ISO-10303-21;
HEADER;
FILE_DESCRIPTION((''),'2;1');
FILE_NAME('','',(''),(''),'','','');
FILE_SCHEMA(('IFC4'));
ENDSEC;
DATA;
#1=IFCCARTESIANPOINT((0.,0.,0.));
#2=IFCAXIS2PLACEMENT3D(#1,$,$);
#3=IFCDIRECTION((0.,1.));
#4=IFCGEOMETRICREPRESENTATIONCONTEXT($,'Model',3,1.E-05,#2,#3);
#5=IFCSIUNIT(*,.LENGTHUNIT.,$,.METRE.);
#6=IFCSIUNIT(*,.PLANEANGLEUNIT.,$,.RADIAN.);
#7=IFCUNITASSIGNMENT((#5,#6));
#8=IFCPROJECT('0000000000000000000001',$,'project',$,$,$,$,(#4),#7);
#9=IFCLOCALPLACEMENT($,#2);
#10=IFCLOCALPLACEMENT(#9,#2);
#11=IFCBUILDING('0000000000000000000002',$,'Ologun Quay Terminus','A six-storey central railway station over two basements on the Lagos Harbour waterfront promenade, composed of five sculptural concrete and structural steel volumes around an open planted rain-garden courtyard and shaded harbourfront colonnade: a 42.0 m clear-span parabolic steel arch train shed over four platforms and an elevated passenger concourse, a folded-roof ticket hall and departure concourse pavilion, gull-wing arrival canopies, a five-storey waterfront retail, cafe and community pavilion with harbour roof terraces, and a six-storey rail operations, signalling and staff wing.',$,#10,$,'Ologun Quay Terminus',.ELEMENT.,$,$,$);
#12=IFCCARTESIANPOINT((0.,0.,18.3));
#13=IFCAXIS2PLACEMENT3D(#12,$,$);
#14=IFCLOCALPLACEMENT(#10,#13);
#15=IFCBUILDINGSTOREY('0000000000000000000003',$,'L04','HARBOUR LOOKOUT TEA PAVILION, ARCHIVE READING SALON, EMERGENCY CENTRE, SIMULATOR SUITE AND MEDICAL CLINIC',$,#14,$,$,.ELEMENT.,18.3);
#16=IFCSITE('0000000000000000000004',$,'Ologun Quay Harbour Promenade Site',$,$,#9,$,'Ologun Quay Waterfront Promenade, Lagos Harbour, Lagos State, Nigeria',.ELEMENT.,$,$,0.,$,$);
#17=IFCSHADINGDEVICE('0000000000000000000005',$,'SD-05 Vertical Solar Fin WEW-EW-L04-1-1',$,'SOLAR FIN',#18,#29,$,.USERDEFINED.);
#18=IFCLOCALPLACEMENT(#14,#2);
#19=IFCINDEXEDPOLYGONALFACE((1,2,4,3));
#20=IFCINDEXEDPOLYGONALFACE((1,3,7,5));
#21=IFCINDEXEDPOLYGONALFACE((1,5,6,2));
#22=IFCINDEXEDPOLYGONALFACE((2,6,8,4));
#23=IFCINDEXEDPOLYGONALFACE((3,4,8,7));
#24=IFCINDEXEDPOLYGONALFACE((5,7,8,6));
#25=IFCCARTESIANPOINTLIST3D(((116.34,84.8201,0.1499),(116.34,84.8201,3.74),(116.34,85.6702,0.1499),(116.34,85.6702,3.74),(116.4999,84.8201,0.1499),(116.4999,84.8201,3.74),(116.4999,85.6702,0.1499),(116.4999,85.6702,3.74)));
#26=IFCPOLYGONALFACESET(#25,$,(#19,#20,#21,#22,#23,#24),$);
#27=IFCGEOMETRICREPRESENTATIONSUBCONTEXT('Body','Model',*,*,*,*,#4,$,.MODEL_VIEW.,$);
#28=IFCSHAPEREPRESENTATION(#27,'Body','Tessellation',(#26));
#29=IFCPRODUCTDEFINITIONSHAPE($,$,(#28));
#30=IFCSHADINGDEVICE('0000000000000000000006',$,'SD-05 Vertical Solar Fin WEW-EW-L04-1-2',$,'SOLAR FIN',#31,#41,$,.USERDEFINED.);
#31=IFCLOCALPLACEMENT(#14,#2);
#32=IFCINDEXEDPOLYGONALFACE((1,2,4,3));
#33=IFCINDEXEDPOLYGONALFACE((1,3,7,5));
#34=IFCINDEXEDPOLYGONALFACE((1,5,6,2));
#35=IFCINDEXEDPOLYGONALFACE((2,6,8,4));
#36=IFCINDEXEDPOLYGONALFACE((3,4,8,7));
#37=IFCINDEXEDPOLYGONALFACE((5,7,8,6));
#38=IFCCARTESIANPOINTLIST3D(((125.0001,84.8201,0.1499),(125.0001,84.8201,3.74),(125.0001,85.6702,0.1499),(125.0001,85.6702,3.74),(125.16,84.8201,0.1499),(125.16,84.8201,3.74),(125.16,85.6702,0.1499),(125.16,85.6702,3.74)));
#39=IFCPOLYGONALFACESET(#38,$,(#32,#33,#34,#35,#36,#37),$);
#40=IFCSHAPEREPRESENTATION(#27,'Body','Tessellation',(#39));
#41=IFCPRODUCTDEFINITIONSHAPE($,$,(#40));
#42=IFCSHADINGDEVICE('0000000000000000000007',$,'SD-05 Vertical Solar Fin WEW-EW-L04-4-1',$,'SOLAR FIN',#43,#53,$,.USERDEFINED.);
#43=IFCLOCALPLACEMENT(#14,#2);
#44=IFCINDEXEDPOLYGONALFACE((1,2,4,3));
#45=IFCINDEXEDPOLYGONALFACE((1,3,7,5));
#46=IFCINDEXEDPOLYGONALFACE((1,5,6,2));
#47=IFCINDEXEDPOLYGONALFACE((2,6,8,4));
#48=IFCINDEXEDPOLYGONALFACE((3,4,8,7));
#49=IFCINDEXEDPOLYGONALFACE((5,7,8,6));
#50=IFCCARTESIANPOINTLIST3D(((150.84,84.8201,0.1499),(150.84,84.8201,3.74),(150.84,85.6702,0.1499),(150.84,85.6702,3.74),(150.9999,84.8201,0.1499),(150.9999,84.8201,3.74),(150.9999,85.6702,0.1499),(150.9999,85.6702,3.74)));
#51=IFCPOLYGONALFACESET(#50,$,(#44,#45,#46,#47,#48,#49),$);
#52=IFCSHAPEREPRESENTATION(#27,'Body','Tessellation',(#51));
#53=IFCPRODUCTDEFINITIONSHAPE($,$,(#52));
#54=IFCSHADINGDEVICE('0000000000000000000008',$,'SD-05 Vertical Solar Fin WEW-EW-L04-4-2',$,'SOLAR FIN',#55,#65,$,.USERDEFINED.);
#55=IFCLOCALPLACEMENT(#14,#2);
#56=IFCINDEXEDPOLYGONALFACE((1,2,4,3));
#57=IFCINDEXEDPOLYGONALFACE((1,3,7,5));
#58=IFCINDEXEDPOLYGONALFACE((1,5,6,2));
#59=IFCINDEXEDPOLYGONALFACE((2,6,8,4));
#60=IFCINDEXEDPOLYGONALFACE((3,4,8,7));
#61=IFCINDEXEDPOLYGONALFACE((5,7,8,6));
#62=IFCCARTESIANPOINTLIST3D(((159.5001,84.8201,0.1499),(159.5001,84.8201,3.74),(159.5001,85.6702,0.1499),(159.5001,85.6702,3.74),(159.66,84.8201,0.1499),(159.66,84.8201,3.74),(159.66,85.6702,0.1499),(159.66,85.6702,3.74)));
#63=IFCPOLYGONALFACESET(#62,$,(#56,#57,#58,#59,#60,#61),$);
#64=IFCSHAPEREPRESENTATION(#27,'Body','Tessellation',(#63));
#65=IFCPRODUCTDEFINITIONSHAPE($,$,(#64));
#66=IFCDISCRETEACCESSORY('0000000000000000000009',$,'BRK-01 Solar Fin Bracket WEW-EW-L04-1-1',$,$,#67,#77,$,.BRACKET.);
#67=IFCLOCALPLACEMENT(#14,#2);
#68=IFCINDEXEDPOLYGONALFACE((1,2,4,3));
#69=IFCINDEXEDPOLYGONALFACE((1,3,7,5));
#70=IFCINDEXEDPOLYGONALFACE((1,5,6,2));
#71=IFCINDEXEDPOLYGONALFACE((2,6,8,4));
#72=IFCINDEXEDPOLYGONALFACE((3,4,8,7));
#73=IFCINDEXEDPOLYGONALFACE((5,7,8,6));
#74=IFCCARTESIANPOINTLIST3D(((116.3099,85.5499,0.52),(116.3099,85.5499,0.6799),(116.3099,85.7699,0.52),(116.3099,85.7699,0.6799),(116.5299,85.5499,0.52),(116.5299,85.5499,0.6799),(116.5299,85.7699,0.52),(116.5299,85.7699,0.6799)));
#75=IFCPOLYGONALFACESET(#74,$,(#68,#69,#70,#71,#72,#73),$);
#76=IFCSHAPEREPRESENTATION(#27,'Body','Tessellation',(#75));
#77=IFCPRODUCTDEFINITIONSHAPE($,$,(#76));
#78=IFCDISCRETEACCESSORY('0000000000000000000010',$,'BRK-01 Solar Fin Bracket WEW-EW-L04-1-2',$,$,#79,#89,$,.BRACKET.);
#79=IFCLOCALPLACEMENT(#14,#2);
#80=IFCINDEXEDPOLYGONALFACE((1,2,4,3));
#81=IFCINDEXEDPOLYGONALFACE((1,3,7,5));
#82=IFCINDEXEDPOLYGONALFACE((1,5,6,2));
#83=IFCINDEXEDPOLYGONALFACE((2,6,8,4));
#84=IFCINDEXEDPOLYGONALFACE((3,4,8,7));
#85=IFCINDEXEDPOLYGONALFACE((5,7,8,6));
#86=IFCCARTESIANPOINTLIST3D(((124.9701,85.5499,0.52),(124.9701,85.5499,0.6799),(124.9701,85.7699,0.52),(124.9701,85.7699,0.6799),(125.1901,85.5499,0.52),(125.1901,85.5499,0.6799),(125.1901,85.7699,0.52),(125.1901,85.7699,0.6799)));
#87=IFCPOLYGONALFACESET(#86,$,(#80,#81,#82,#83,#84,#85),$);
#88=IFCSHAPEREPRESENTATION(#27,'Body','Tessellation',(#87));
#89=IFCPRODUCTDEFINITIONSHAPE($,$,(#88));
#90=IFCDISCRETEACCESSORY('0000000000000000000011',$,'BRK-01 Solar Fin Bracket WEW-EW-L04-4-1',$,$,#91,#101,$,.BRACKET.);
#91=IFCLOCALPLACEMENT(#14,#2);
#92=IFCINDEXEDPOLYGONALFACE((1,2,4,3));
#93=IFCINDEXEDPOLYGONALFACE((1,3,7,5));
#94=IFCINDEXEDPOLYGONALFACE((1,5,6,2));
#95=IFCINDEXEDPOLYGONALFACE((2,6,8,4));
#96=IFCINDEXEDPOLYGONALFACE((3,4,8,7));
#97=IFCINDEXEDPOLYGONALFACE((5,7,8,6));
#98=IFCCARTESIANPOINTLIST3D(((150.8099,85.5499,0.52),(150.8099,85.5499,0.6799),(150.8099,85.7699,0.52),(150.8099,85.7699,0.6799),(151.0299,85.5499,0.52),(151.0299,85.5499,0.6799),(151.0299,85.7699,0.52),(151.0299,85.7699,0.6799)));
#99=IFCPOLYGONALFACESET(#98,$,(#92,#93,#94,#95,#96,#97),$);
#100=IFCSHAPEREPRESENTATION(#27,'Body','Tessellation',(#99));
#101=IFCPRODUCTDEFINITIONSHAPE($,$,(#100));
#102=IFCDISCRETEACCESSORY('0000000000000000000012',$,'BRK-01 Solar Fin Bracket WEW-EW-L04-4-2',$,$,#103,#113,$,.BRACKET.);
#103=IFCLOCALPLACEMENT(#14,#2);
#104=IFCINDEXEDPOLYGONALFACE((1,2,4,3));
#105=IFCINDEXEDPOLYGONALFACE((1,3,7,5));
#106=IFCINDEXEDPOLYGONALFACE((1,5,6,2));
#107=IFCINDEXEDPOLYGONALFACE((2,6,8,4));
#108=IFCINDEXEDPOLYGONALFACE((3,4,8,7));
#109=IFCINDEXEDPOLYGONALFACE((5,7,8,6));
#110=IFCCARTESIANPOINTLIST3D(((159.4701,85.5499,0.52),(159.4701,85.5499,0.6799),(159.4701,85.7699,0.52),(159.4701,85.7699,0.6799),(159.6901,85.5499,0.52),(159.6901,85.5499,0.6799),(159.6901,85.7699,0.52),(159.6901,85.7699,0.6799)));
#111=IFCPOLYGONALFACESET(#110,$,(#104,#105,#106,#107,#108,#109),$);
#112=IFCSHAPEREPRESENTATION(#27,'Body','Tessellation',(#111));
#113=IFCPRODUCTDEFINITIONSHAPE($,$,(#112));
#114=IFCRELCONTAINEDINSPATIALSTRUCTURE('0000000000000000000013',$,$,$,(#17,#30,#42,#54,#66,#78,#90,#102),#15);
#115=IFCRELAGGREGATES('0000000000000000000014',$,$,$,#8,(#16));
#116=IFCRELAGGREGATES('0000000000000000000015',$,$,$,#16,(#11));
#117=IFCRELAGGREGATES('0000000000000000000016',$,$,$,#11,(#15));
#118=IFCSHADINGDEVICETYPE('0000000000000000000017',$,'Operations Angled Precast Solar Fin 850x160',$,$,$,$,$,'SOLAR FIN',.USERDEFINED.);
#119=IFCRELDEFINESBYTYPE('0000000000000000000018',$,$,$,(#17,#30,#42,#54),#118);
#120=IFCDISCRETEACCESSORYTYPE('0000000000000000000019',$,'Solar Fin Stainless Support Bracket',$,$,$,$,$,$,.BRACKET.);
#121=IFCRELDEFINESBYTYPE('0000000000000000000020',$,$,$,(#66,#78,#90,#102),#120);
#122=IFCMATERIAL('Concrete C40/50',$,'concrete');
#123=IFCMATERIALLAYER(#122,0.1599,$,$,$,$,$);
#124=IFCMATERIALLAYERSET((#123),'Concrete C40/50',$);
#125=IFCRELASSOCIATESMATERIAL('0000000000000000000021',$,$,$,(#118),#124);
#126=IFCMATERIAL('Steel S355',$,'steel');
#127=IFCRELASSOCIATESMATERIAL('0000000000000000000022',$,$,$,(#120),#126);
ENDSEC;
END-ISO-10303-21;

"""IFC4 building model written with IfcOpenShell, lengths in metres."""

from ifc_helpers import new_model, si_unit, direction, frame, origin, origin_2d, place, context, subcontext, project, spatial, rectangle, extrude, material, layer, layer_set, type_object, element, save


model = new_model("IFC4")

# Units and contexts
model_context = context("Model", 3, precision=1e-05, world=origin(), true_north=direction((0.0, 1.0)))
body_context = subcontext(model_context, "Body", "Model", "MODEL_VIEW")
ifc_project = project(units=[si_unit("LENGTHUNIT", "METRE"), si_unit("PLANEANGLEUNIT", "RADIAN")], contexts=[model_context])

# Site, building, storey
site_placement = place(None, origin())
site = spatial("IfcSite", under=ifc_project, at=site_placement, Name="Ologun Quay Harbour Promenade Site", LongName="Ologun Quay Waterfront Promenade, Lagos Harbour, Lagos State, Nigeria", CompositionType="ELEMENT", RefElevation=0.0)
building_placement = place(site_placement, origin())
building = spatial("IfcBuilding", under=site, at=building_placement, Name="Ologun Quay Terminus", Description="A six-storey central railway station over two basements on the Lagos Harbour waterfront promenade, composed of five sculptural concrete and structural steel volumes around an open planted rain-garden courtyard and shaded harbourfront colonnade: a 42.0 m clear-span parabolic steel arch train shed over four platforms and an elevated passenger concourse, a folded-roof ticket hall and departure concourse pavilion, gull-wing arrival canopies, a five-storey waterfront retail, cafe and community pavilion with harbour roof terraces, and a six-storey rail operations, signalling and staff wing.", LongName="Ologun Quay Terminus", CompositionType="ELEMENT")
storey_placement = place(building_placement, frame((0.0, 0.0, 18.3)))
storey = spatial("IfcBuildingStorey", under=building, at=storey_placement, Name="L04", Description="HARBOUR LOOKOUT TEA PAVILION, ARCHIVE READING SALON, EMERGENCY CENTRE, SIMULATOR SUITE AND MEDICAL CLINIC", CompositionType="ELEMENT", Elevation=18.3)

# Shading devices
ifc_material_1 = material(Name="Concrete C40/50", Category="concrete")
ifc_layer_1 = layer(ifc_material_1, 0.1599)
ifc_layer_set_1 = layer_set([ifc_layer_1], Name="Concrete C40/50")
shading_device_type = type_object("IfcShadingDeviceType", Name="Operations Angled Precast Solar Fin 850x160", ElementType="SOLAR FIN", PredefinedType="USERDEFINED", material=ifc_layer_set_1)
for number, where, z_axis, x_axis, name in (
    (1, (116.4199, 85.2451, 0.1499), (0.0, 0.0, 1.0), (1.0, 0.0, 0.0), "SD-05 Vertical Solar Fin WEW-EW-L04-1-1"),
    (2, (125.0801, 85.2451, 0.1499), (0.0, 0.0, 1.0), (1.0, 0.0, 0.0), "SD-05 Vertical Solar Fin WEW-EW-L04-1-2"),
    (3, (150.9199, 85.2451, 0.1499), (0.0, 0.0, 1.0), (1.0, 0.0, 0.0), "SD-05 Vertical Solar Fin WEW-EW-L04-4-1"),
    (4, (159.5801, 85.2451, 0.1499), (0.0, 0.0, 1.0), (1.0, 0.0, 0.0), "SD-05 Vertical Solar Fin WEW-EW-L04-4-2"),
):
    element("IfcShadingDevice", number, at=place(storey_placement, frame(where, z_axis=z_axis, x_axis=x_axis)), inside=storey, type_object=shading_device_type, Name=name, ObjectType="SOLAR FIN", PredefinedType="USERDEFINED", context=body_context, shape_type="SweptSolid", body=[
        extrude(rectangle(XDim=0.1599, YDim=0.8501, at=origin_2d()), origin(), (0.0, 0.0, 1.0), 3.5901),
    ])

# Discrete accessories
ifc_material_2 = material(Name="Steel S355", Category="steel")
discrete_accessory_type = type_object("IfcDiscreteAccessoryType", Name="Solar Fin Stainless Support Bracket", PredefinedType="BRACKET", material=ifc_material_2)
for number, where, z_axis, x_axis, name in (
    (5, (116.4199, 85.6599, 0.52), (0.0, 0.0, 1.0), (1.0, 0.0, 0.0), "BRK-01 Solar Fin Bracket WEW-EW-L04-1-1"),
    (6, (125.0801, 85.6599, 0.52), (0.0, 0.0, 1.0), (1.0, 0.0, 0.0), "BRK-01 Solar Fin Bracket WEW-EW-L04-1-2"),
    (7, (150.9199, 85.6599, 0.52), (0.0, 0.0, 1.0), (1.0, 0.0, 0.0), "BRK-01 Solar Fin Bracket WEW-EW-L04-4-1"),
    (8, (159.5801, 85.6599, 0.52), (0.0, 0.0, 1.0), (1.0, 0.0, 0.0), "BRK-01 Solar Fin Bracket WEW-EW-L04-4-2"),
):
    element("IfcDiscreteAccessory", number, at=place(storey_placement, frame(where, z_axis=z_axis, x_axis=x_axis)), inside=storey, type_object=discrete_accessory_type, Name=name, PredefinedType="BRACKET", context=body_context, shape_type="SweptSolid", body=[
        extrude(rectangle(XDim=0.22, YDim=0.22, at=origin_2d()), origin(), (0.0, 0.0, 1.0), 0.1599),
    ])

save(model, "model.ifc")
